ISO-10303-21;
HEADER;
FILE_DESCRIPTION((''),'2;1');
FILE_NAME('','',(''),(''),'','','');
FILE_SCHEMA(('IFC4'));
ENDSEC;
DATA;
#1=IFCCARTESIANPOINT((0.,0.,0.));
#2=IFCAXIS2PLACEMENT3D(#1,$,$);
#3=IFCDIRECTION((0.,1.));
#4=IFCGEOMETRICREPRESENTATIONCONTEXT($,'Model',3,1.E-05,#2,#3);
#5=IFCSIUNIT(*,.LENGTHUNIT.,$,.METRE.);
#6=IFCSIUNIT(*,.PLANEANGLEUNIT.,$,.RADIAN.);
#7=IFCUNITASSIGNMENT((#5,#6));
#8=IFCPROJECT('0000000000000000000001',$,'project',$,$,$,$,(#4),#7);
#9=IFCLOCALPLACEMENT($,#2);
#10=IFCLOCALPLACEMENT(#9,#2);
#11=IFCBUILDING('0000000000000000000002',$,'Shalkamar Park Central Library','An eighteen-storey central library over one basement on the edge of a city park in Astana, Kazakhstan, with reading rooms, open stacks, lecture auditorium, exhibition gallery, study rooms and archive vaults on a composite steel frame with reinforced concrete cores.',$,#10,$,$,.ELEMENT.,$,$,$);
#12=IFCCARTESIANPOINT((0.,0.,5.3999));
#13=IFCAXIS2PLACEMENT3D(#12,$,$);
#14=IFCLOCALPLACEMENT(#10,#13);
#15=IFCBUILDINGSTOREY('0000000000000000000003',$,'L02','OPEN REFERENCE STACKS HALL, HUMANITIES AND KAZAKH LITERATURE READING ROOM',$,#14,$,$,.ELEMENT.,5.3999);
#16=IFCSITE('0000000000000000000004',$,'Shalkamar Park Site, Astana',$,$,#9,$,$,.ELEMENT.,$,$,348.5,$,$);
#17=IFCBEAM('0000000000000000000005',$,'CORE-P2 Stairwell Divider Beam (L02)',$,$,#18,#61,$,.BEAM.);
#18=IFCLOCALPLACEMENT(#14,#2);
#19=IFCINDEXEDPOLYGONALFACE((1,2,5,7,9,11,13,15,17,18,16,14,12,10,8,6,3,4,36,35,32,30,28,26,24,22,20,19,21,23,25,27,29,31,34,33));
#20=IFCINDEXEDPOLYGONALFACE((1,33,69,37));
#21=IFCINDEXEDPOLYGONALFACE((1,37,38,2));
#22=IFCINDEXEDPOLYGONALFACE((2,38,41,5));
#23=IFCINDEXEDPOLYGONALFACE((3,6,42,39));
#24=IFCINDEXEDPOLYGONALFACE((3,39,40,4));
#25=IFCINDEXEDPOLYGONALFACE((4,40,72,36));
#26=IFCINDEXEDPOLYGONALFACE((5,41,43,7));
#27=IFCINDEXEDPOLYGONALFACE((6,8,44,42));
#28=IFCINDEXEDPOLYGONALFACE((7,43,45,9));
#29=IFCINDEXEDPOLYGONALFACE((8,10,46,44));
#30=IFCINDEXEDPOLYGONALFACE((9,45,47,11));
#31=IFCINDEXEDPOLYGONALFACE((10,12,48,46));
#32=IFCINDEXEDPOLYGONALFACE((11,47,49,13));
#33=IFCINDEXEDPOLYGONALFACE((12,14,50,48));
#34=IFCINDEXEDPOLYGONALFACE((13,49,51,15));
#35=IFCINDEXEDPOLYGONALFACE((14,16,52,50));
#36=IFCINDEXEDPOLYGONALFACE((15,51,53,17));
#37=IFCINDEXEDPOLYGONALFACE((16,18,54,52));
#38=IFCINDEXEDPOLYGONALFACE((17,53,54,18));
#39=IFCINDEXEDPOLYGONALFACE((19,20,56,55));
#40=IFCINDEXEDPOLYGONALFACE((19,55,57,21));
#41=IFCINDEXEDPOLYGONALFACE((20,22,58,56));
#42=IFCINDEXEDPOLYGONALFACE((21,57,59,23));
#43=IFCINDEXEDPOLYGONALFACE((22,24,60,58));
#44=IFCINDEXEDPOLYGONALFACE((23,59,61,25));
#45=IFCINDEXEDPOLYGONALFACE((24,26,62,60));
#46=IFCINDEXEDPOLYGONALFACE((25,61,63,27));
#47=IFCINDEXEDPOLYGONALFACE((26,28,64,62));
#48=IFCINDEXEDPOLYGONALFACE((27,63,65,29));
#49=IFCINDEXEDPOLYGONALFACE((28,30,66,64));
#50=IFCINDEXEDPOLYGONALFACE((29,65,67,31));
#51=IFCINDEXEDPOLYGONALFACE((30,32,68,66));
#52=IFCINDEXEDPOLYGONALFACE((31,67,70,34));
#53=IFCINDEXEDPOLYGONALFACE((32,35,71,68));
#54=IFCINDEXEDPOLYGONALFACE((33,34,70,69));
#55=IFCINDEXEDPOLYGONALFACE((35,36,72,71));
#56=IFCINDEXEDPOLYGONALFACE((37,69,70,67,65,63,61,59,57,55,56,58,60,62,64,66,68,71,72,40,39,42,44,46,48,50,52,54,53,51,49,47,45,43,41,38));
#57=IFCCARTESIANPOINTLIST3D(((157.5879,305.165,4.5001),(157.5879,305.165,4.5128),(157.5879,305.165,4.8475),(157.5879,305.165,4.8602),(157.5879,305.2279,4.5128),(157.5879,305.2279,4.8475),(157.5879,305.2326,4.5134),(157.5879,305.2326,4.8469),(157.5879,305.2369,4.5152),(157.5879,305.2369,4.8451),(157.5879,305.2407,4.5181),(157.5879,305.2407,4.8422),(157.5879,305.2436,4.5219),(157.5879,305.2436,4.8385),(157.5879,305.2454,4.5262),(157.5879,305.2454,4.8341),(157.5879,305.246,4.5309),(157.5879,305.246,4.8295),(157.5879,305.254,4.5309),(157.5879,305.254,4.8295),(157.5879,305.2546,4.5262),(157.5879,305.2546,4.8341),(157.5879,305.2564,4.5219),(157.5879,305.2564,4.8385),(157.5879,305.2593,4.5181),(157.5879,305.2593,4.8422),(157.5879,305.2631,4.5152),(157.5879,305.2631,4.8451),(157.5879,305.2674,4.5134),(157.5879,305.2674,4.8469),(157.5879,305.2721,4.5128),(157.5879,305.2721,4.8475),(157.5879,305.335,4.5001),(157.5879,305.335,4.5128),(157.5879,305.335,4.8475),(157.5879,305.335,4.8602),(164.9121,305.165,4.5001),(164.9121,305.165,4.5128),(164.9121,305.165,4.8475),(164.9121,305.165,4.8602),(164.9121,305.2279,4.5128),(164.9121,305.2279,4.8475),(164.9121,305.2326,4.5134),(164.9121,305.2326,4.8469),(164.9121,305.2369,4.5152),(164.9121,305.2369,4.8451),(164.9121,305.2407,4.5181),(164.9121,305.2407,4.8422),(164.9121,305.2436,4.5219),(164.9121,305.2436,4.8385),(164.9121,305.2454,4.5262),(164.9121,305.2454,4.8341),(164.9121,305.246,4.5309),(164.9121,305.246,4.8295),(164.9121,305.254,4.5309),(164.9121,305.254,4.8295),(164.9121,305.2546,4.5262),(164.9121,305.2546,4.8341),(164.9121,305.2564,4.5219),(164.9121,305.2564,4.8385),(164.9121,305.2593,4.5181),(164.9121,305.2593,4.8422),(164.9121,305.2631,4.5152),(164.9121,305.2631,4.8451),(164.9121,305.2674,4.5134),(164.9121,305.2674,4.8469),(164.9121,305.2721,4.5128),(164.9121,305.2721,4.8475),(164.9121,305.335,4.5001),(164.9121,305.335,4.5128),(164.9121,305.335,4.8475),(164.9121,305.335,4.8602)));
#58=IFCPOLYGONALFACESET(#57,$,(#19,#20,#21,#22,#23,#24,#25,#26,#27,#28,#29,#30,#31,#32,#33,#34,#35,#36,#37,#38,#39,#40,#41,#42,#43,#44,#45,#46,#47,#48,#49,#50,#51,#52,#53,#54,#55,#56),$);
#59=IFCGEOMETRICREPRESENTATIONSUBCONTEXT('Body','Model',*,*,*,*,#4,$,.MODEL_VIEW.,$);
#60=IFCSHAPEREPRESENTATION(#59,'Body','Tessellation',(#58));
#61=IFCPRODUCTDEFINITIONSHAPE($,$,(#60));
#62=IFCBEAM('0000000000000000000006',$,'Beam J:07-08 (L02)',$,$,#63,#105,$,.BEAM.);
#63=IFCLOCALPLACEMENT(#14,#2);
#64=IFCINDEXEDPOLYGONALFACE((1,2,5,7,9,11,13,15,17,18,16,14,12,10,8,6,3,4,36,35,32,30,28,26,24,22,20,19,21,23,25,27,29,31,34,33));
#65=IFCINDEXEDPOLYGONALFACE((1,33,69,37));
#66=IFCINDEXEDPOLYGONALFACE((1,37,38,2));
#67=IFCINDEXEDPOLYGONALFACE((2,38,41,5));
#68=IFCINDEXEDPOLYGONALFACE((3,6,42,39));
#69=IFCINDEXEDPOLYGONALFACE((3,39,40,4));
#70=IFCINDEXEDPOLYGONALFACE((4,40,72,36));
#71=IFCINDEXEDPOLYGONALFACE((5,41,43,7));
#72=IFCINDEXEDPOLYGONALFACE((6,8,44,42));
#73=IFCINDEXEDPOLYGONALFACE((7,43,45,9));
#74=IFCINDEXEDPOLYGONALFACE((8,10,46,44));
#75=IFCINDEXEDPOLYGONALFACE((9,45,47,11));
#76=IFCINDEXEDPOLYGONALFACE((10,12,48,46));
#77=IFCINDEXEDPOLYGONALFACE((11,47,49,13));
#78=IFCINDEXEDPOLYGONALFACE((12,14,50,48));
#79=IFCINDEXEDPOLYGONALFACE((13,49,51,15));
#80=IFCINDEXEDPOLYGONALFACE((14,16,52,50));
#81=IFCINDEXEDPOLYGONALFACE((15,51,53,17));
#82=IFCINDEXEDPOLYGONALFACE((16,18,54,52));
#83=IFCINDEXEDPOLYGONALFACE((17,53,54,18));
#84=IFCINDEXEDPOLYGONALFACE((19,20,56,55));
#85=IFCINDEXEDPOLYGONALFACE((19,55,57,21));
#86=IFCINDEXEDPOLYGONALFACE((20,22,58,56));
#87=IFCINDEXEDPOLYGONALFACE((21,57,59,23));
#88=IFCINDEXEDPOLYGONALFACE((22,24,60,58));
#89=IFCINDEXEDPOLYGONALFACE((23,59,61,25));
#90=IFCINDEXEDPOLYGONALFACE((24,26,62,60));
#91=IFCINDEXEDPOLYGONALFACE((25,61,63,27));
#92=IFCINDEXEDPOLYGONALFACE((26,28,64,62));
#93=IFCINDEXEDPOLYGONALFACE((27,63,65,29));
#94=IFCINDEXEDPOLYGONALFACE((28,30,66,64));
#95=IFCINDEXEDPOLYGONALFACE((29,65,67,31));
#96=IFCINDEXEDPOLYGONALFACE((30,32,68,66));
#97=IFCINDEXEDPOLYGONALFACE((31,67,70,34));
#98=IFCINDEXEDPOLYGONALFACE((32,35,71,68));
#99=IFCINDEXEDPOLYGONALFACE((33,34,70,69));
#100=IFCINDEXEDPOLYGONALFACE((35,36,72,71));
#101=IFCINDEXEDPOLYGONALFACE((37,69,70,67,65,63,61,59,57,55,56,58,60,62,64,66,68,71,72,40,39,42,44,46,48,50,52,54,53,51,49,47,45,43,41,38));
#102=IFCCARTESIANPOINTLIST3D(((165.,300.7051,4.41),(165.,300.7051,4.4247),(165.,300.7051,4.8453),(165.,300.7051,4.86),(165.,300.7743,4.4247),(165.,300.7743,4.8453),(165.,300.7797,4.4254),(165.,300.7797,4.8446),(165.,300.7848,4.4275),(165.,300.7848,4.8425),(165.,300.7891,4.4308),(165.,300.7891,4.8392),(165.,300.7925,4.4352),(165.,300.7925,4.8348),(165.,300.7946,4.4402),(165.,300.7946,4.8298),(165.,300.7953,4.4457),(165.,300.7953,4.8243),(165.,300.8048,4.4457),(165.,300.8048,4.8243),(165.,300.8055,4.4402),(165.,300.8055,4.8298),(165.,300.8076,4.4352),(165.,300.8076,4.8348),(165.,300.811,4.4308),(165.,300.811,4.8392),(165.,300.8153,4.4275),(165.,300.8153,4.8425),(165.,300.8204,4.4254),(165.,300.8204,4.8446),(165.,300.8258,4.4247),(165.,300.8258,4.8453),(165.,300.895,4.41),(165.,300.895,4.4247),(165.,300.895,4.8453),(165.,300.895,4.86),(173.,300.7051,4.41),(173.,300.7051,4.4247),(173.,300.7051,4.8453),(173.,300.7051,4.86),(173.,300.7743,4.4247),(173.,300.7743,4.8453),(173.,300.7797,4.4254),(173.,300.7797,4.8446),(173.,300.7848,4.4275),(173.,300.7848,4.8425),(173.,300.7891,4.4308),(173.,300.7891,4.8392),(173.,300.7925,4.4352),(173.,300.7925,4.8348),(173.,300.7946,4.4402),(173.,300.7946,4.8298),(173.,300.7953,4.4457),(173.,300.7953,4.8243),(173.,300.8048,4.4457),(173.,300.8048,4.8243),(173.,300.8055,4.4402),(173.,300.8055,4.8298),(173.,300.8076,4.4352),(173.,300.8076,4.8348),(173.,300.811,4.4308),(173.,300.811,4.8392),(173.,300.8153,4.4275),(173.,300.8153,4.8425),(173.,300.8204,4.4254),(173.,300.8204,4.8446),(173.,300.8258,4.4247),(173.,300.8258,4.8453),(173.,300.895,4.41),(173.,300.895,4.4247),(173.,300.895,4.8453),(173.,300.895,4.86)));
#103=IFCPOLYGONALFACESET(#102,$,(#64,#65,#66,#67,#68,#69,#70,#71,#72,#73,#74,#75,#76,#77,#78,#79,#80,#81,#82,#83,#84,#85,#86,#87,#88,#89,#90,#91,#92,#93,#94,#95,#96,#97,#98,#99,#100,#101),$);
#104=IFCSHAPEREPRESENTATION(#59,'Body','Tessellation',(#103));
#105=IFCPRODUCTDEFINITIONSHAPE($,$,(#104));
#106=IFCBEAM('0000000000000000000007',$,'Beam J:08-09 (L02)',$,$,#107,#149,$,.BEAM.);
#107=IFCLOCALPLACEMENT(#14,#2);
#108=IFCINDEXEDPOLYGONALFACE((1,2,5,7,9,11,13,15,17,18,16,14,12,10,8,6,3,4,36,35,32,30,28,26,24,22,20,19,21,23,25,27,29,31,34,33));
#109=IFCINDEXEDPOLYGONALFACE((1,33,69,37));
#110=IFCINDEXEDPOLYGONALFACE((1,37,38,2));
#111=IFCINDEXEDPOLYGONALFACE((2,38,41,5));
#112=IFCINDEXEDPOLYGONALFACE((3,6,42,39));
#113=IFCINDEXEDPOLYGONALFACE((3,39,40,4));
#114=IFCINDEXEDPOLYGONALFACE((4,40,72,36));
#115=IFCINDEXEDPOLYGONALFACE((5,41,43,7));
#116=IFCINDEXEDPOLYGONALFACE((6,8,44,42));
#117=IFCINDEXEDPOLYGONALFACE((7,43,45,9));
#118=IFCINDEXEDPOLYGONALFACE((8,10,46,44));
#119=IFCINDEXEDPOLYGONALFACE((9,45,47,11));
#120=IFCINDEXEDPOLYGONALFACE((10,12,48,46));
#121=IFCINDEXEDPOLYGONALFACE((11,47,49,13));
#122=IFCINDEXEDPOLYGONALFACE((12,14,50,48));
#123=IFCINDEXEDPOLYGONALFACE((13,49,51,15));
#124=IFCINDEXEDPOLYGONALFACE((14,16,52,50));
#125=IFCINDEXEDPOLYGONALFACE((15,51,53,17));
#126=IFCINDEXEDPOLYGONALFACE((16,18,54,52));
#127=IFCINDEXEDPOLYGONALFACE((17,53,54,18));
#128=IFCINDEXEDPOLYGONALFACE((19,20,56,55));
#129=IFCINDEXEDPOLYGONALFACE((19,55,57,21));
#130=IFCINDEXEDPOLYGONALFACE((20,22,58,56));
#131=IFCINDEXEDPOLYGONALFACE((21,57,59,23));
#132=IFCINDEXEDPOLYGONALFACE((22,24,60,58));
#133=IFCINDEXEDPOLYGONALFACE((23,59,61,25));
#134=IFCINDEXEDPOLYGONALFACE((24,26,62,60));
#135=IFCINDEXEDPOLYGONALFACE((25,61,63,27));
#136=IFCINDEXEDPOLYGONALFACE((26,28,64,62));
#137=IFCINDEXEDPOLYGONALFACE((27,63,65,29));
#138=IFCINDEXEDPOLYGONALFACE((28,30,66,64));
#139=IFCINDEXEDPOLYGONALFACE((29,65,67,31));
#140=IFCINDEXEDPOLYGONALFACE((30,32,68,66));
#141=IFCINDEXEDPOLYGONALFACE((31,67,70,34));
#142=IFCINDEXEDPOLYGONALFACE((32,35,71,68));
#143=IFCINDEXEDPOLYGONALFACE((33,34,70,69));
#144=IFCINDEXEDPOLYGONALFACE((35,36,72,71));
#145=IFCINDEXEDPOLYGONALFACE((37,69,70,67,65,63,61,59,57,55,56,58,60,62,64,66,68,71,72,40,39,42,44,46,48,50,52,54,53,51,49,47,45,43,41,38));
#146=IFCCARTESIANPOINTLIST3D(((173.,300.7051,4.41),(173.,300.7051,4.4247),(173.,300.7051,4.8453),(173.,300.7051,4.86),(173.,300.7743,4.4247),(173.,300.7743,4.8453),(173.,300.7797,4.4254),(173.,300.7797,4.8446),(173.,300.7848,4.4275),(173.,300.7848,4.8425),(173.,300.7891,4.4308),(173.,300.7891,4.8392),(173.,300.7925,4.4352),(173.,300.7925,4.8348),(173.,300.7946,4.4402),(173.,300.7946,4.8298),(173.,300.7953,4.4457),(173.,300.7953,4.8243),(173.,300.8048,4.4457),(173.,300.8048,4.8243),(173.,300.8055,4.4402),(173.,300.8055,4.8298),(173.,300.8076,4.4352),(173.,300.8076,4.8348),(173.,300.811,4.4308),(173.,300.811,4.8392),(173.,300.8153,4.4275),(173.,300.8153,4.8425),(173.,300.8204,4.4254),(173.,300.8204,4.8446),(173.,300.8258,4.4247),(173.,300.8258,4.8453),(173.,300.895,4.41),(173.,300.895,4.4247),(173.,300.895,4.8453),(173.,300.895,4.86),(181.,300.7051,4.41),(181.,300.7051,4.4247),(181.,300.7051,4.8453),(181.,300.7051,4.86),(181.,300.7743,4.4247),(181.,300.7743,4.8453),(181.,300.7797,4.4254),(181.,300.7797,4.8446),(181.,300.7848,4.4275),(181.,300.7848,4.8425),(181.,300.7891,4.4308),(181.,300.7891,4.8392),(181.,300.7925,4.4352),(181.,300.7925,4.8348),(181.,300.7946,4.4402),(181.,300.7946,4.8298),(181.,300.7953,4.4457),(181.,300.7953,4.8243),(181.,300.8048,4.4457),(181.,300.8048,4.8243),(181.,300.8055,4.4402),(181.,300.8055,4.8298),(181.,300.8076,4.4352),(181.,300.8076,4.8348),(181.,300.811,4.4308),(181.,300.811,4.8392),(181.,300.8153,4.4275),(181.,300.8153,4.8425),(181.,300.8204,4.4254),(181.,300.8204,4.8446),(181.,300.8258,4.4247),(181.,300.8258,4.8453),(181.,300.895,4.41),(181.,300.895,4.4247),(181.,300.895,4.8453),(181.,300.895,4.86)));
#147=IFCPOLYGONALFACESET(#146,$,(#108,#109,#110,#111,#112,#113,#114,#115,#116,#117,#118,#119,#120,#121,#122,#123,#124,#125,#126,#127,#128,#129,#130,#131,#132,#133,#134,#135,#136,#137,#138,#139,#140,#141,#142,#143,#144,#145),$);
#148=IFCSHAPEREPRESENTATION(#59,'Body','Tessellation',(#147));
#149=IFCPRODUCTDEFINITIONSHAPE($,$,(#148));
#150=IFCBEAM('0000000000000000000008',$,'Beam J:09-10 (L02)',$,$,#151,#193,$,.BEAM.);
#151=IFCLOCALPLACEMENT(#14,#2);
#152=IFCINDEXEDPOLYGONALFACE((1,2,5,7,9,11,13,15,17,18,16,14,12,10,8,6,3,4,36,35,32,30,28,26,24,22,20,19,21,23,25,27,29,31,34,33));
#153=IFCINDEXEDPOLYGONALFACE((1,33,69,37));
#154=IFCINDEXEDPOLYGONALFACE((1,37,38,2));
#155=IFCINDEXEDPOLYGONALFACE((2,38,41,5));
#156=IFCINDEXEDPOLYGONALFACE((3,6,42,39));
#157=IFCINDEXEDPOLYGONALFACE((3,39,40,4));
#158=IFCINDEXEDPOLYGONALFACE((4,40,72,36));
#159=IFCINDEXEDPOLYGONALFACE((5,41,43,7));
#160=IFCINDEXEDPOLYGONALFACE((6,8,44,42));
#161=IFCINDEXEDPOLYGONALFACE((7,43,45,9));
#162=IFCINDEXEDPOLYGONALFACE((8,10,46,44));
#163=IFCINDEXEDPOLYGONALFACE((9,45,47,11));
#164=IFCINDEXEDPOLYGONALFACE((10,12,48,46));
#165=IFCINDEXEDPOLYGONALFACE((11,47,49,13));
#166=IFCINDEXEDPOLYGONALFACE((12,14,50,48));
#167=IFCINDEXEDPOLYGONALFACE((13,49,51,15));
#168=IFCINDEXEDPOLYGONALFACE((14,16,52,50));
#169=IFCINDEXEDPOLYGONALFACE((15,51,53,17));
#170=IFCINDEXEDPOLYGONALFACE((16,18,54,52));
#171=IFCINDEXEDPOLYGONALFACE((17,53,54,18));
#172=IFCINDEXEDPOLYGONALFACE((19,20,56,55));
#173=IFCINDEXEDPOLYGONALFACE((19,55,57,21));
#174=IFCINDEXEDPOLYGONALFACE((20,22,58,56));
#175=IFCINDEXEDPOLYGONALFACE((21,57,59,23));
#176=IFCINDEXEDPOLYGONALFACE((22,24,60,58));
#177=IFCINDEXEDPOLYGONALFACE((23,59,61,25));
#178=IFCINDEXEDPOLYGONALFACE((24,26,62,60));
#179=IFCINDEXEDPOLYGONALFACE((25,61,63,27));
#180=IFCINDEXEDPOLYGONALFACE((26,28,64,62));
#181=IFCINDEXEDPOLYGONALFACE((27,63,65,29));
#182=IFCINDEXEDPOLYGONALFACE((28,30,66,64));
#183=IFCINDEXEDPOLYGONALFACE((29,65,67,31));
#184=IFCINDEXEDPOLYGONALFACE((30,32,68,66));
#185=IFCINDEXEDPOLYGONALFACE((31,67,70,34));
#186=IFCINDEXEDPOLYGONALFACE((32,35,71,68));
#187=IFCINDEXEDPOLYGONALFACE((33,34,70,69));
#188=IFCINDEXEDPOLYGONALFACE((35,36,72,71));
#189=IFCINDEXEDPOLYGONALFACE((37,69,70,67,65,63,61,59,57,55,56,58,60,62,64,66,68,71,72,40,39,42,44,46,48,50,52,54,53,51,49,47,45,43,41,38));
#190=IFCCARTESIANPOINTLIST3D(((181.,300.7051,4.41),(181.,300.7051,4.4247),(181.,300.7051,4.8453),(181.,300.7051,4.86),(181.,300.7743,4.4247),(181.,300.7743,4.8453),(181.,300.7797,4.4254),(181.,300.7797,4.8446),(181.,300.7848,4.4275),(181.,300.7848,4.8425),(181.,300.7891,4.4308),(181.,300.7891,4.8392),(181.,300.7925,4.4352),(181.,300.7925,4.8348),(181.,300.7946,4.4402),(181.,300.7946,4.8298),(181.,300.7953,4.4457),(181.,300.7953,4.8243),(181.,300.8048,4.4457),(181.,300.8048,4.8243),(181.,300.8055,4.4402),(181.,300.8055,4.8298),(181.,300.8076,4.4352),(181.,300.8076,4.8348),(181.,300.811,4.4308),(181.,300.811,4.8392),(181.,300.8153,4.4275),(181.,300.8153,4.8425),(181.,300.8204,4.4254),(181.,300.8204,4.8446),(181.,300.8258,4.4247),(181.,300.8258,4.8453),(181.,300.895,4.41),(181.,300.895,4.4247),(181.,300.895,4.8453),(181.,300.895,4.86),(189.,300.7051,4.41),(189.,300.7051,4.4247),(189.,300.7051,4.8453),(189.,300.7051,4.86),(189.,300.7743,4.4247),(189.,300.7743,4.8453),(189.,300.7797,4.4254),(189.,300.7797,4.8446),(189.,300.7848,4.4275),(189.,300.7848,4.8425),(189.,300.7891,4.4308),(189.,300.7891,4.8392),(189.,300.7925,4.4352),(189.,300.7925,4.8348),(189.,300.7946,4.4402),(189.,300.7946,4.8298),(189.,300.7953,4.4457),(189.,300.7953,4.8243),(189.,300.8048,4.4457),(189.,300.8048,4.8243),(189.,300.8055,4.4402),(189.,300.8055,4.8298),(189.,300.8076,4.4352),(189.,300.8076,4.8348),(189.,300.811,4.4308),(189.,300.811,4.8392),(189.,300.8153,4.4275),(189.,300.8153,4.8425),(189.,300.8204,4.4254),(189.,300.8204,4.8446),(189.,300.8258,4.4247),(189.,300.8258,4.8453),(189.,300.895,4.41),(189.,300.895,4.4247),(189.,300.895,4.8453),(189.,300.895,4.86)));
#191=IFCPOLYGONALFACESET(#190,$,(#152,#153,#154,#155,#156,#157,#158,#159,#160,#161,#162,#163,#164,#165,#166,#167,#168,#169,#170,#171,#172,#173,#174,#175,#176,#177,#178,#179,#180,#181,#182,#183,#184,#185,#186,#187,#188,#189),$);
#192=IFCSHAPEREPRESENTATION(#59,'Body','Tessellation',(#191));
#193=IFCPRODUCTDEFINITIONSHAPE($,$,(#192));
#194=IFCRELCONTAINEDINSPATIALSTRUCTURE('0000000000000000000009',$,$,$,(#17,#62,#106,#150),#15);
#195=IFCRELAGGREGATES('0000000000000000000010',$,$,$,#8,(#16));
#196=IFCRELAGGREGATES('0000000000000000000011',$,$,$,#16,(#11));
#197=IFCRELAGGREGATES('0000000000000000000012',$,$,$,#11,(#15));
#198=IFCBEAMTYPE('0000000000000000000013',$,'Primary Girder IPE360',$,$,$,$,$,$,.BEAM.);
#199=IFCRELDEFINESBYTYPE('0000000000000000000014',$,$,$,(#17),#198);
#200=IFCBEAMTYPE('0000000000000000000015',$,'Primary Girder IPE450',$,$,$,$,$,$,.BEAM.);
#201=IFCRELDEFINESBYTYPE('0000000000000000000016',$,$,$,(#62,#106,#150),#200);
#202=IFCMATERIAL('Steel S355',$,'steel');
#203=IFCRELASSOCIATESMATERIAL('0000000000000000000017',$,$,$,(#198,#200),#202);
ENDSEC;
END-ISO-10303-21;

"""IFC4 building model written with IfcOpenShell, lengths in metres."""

from ifc_helpers import new_model, si_unit, direction, frame, origin, origin_2d, place, context, subcontext, project, spatial, i_section, extrude, material, material_profile, profile_set, type_object, element, save


model = new_model("IFC4")

# Units and contexts
model_context = context("Model", 3, precision=1e-05, world=origin(), true_north=direction((0.0, 1.0)))
body_context = subcontext(model_context, "Body", "Model", "MODEL_VIEW")
ifc_project = project(units=[si_unit("LENGTHUNIT", "METRE"), si_unit("PLANEANGLEUNIT", "RADIAN")], contexts=[model_context])

# Site, building, storey
site_placement = place(None, origin())
site = spatial("IfcSite", under=ifc_project, at=site_placement, Name="Shalkamar Park Site, Astana", CompositionType="ELEMENT", RefElevation=348.5)
building_placement = place(site_placement, origin())
building = spatial("IfcBuilding", under=site, at=building_placement, Name="Shalkamar Park Central Library", Description="An eighteen-storey central library over one basement on the edge of a city park in Astana, Kazakhstan, with reading rooms, open stacks, lecture auditorium, exhibition gallery, study rooms and archive vaults on a composite steel frame with reinforced concrete cores.", CompositionType="ELEMENT")
storey_placement = place(building_placement, frame((0.0, 0.0, 5.3999)))
storey = spatial("IfcBuildingStorey", under=building, at=storey_placement, Name="L02", Description="OPEN REFERENCE STACKS HALL, HUMANITIES AND KAZAKH LITERATURE READING ROOM", CompositionType="ELEMENT", Elevation=5.3999)

# Shared definitions
ifc_material_1 = material(Name="Steel S355", Category="steel")

# Beams
ifc_material_profile_1 = material_profile(ifc_material_1, i_section(OverallWidth=0.1699, OverallDepth=0.3601, WebThickness=0.0081, FlangeThickness=0.0127, FilletRadius=0.0181, at=origin_2d()), Name="IPE 360")
ifc_profile_set_1 = profile_set([ifc_material_profile_1], Name="Steel S355")
beam_type_1 = type_object("IfcBeamType", Name="Primary Girder IPE360", PredefinedType="BEAM", material=ifc_profile_set_1)
beam_1_placement = place(storey_placement, frame((157.5879, 305.25, 4.6802), z_axis=(1.0, 0.0, 0.0), x_axis=(0.0, 1.0, 0.0)))
element("IfcBeam", 1, at=beam_1_placement, inside=storey, type_object=beam_type_1, Name="CORE-P2 Stairwell Divider Beam (L02)", PredefinedType="BEAM", context=body_context, shape_type="SweptSolid", body=[
    extrude(i_section(OverallWidth=0.1699, OverallDepth=0.3601, WebThickness=0.0081, FlangeThickness=0.0127, FilletRadius=0.0181, at=origin_2d()), origin(), (0.0, 0.0, 1.0), 7.3242),
])
ifc_material_profile_2 = material_profile(ifc_material_1, i_section(OverallWidth=0.1899, OverallDepth=0.45, WebThickness=0.0095, FlangeThickness=0.0146, FilletRadius=0.021, at=origin_2d()), Name="IPE 450")
ifc_profile_set_2 = profile_set([ifc_material_profile_2], Name="Steel S355")
beam_type_2 = type_object("IfcBeamType", Name="Primary Girder IPE450", PredefinedType="BEAM", material=ifc_profile_set_2)
for number, where, z_axis, x_axis, name in (
    (2, (165.0, 300.8, 4.635), (1.0, 0.0, 0.0), (0.0, 1.0, 0.0), "Beam J:07-08 (L02)"),
    (3, (173.0, 300.8, 4.635), (1.0, 0.0, 0.0), (0.0, 1.0, 0.0), "Beam J:08-09 (L02)"),
    (4, (181.0, 300.8, 4.635), (1.0, 0.0, 0.0), (0.0, 1.0, 0.0), "Beam J:09-10 (L02)"),
):
    element("IfcBeam", number, at=place(storey_placement, frame(where, z_axis=z_axis, x_axis=x_axis)), inside=storey, type_object=beam_type_2, Name=name, PredefinedType="BEAM", context=body_context, shape_type="SweptSolid", body=[
        extrude(i_section(OverallWidth=0.1899, OverallDepth=0.45, WebThickness=0.0095, FlangeThickness=0.0146, FilletRadius=0.021, at=origin_2d()), origin(), (0.0, 0.0, 1.0), 8.0),
    ])

save(model, "model.ifc")
